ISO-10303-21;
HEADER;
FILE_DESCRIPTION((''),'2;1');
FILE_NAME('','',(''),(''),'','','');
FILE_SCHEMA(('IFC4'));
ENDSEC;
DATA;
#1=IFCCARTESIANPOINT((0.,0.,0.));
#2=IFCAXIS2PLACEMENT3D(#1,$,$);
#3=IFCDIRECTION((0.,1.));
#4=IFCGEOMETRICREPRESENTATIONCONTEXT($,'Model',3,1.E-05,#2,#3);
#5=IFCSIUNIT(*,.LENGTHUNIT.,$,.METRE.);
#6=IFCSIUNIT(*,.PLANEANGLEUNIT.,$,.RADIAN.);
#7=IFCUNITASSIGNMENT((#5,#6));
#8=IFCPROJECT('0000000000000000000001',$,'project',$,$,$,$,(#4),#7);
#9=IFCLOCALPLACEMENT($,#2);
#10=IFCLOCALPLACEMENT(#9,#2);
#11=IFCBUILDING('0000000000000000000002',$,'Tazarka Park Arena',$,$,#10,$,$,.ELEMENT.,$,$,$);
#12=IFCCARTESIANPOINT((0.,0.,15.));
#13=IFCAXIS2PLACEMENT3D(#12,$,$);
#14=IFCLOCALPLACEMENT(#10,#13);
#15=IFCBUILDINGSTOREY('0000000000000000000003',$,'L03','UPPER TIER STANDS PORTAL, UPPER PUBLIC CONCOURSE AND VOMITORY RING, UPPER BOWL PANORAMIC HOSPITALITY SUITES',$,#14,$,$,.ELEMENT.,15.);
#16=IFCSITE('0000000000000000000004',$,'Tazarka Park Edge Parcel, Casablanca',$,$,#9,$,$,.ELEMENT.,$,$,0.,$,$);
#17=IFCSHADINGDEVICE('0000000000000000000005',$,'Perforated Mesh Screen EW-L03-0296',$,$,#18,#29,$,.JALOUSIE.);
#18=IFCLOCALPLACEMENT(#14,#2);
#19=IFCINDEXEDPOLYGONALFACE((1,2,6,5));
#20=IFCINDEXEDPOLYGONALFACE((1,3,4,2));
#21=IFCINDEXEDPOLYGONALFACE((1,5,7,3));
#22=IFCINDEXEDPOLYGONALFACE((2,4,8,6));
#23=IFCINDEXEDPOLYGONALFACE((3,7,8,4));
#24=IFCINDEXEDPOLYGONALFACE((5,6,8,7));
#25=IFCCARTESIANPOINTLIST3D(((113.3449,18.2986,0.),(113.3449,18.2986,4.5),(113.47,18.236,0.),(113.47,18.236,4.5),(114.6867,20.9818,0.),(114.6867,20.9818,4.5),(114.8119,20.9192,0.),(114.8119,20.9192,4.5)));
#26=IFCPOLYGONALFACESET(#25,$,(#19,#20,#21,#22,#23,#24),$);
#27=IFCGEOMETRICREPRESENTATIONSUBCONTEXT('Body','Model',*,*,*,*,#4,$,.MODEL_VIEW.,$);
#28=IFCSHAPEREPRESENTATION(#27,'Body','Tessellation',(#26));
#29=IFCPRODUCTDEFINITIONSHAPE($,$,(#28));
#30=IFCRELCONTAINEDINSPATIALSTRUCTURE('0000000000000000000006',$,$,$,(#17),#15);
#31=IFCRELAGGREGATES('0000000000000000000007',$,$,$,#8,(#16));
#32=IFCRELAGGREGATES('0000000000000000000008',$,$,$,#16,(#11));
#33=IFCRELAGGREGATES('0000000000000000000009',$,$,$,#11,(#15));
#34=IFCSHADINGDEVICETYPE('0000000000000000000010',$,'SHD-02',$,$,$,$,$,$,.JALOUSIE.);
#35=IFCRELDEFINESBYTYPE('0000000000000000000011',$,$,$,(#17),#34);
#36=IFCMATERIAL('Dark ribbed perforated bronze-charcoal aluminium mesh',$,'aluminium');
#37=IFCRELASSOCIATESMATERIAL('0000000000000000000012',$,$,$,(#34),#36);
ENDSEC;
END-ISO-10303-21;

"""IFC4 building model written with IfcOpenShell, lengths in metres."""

from ifc_helpers import new_model, si_unit, direction, frame, origin, origin_2d, place, context, subcontext, project, spatial, rectangle, extrude, material, type_object, element, save


model = new_model("IFC4")

# Units and contexts
model_context = context("Model", 3, precision=1e-05, world=origin(), true_north=direction((0.0, 1.0)))
body_context = subcontext(model_context, "Body", "Model", "MODEL_VIEW")
ifc_project = project(units=[si_unit("LENGTHUNIT", "METRE"), si_unit("PLANEANGLEUNIT", "RADIAN")], contexts=[model_context])

# Site, building, storey
site_placement = place(None, origin())
site = spatial("IfcSite", under=ifc_project, at=site_placement, Name="Tazarka Park Edge Parcel, Casablanca", CompositionType="ELEMENT", RefElevation=0.0)
building_placement = place(site_placement, origin())
building = spatial("IfcBuilding", under=site, at=building_placement, Name="Tazarka Park Arena", CompositionType="ELEMENT")
storey_placement = place(building_placement, frame((0.0, 0.0, 15.0)))
storey = spatial("IfcBuildingStorey", under=building, at=storey_placement, Name="L03", Description="UPPER TIER STANDS PORTAL, UPPER PUBLIC CONCOURSE AND VOMITORY RING, UPPER BOWL PANORAMIC HOSPITALITY SUITES", CompositionType="ELEMENT", Elevation=15.0)

# Shading device
ifc_material_1 = material(Name="Dark ribbed perforated bronze-charcoal aluminium mesh", Category="aluminium")
shading_device_type = type_object("IfcShadingDeviceType", Name="SHD-02", PredefinedType="JALOUSIE", material=ifc_material_1)
shading_device_placement = place(storey_placement, frame((114.0784, 19.6089, 0.0), z_axis=(0.0, 0.0, 1.0), x_axis=(-0.447291, -0.894389, 0.0)))
element("IfcShadingDevice", 1, at=shading_device_placement, inside=storey, type_object=shading_device_type, Name="Perforated Mesh Screen EW-L03-0296", PredefinedType="JALOUSIE", context=body_context, shape_type="SweptSolid", body=[
    extrude(rectangle(XDim=3.0, YDim=0.1399, at=origin_2d()), origin(), (0.0, 0.0, 1.0), 4.5),
])

save(model, "model.ifc")
